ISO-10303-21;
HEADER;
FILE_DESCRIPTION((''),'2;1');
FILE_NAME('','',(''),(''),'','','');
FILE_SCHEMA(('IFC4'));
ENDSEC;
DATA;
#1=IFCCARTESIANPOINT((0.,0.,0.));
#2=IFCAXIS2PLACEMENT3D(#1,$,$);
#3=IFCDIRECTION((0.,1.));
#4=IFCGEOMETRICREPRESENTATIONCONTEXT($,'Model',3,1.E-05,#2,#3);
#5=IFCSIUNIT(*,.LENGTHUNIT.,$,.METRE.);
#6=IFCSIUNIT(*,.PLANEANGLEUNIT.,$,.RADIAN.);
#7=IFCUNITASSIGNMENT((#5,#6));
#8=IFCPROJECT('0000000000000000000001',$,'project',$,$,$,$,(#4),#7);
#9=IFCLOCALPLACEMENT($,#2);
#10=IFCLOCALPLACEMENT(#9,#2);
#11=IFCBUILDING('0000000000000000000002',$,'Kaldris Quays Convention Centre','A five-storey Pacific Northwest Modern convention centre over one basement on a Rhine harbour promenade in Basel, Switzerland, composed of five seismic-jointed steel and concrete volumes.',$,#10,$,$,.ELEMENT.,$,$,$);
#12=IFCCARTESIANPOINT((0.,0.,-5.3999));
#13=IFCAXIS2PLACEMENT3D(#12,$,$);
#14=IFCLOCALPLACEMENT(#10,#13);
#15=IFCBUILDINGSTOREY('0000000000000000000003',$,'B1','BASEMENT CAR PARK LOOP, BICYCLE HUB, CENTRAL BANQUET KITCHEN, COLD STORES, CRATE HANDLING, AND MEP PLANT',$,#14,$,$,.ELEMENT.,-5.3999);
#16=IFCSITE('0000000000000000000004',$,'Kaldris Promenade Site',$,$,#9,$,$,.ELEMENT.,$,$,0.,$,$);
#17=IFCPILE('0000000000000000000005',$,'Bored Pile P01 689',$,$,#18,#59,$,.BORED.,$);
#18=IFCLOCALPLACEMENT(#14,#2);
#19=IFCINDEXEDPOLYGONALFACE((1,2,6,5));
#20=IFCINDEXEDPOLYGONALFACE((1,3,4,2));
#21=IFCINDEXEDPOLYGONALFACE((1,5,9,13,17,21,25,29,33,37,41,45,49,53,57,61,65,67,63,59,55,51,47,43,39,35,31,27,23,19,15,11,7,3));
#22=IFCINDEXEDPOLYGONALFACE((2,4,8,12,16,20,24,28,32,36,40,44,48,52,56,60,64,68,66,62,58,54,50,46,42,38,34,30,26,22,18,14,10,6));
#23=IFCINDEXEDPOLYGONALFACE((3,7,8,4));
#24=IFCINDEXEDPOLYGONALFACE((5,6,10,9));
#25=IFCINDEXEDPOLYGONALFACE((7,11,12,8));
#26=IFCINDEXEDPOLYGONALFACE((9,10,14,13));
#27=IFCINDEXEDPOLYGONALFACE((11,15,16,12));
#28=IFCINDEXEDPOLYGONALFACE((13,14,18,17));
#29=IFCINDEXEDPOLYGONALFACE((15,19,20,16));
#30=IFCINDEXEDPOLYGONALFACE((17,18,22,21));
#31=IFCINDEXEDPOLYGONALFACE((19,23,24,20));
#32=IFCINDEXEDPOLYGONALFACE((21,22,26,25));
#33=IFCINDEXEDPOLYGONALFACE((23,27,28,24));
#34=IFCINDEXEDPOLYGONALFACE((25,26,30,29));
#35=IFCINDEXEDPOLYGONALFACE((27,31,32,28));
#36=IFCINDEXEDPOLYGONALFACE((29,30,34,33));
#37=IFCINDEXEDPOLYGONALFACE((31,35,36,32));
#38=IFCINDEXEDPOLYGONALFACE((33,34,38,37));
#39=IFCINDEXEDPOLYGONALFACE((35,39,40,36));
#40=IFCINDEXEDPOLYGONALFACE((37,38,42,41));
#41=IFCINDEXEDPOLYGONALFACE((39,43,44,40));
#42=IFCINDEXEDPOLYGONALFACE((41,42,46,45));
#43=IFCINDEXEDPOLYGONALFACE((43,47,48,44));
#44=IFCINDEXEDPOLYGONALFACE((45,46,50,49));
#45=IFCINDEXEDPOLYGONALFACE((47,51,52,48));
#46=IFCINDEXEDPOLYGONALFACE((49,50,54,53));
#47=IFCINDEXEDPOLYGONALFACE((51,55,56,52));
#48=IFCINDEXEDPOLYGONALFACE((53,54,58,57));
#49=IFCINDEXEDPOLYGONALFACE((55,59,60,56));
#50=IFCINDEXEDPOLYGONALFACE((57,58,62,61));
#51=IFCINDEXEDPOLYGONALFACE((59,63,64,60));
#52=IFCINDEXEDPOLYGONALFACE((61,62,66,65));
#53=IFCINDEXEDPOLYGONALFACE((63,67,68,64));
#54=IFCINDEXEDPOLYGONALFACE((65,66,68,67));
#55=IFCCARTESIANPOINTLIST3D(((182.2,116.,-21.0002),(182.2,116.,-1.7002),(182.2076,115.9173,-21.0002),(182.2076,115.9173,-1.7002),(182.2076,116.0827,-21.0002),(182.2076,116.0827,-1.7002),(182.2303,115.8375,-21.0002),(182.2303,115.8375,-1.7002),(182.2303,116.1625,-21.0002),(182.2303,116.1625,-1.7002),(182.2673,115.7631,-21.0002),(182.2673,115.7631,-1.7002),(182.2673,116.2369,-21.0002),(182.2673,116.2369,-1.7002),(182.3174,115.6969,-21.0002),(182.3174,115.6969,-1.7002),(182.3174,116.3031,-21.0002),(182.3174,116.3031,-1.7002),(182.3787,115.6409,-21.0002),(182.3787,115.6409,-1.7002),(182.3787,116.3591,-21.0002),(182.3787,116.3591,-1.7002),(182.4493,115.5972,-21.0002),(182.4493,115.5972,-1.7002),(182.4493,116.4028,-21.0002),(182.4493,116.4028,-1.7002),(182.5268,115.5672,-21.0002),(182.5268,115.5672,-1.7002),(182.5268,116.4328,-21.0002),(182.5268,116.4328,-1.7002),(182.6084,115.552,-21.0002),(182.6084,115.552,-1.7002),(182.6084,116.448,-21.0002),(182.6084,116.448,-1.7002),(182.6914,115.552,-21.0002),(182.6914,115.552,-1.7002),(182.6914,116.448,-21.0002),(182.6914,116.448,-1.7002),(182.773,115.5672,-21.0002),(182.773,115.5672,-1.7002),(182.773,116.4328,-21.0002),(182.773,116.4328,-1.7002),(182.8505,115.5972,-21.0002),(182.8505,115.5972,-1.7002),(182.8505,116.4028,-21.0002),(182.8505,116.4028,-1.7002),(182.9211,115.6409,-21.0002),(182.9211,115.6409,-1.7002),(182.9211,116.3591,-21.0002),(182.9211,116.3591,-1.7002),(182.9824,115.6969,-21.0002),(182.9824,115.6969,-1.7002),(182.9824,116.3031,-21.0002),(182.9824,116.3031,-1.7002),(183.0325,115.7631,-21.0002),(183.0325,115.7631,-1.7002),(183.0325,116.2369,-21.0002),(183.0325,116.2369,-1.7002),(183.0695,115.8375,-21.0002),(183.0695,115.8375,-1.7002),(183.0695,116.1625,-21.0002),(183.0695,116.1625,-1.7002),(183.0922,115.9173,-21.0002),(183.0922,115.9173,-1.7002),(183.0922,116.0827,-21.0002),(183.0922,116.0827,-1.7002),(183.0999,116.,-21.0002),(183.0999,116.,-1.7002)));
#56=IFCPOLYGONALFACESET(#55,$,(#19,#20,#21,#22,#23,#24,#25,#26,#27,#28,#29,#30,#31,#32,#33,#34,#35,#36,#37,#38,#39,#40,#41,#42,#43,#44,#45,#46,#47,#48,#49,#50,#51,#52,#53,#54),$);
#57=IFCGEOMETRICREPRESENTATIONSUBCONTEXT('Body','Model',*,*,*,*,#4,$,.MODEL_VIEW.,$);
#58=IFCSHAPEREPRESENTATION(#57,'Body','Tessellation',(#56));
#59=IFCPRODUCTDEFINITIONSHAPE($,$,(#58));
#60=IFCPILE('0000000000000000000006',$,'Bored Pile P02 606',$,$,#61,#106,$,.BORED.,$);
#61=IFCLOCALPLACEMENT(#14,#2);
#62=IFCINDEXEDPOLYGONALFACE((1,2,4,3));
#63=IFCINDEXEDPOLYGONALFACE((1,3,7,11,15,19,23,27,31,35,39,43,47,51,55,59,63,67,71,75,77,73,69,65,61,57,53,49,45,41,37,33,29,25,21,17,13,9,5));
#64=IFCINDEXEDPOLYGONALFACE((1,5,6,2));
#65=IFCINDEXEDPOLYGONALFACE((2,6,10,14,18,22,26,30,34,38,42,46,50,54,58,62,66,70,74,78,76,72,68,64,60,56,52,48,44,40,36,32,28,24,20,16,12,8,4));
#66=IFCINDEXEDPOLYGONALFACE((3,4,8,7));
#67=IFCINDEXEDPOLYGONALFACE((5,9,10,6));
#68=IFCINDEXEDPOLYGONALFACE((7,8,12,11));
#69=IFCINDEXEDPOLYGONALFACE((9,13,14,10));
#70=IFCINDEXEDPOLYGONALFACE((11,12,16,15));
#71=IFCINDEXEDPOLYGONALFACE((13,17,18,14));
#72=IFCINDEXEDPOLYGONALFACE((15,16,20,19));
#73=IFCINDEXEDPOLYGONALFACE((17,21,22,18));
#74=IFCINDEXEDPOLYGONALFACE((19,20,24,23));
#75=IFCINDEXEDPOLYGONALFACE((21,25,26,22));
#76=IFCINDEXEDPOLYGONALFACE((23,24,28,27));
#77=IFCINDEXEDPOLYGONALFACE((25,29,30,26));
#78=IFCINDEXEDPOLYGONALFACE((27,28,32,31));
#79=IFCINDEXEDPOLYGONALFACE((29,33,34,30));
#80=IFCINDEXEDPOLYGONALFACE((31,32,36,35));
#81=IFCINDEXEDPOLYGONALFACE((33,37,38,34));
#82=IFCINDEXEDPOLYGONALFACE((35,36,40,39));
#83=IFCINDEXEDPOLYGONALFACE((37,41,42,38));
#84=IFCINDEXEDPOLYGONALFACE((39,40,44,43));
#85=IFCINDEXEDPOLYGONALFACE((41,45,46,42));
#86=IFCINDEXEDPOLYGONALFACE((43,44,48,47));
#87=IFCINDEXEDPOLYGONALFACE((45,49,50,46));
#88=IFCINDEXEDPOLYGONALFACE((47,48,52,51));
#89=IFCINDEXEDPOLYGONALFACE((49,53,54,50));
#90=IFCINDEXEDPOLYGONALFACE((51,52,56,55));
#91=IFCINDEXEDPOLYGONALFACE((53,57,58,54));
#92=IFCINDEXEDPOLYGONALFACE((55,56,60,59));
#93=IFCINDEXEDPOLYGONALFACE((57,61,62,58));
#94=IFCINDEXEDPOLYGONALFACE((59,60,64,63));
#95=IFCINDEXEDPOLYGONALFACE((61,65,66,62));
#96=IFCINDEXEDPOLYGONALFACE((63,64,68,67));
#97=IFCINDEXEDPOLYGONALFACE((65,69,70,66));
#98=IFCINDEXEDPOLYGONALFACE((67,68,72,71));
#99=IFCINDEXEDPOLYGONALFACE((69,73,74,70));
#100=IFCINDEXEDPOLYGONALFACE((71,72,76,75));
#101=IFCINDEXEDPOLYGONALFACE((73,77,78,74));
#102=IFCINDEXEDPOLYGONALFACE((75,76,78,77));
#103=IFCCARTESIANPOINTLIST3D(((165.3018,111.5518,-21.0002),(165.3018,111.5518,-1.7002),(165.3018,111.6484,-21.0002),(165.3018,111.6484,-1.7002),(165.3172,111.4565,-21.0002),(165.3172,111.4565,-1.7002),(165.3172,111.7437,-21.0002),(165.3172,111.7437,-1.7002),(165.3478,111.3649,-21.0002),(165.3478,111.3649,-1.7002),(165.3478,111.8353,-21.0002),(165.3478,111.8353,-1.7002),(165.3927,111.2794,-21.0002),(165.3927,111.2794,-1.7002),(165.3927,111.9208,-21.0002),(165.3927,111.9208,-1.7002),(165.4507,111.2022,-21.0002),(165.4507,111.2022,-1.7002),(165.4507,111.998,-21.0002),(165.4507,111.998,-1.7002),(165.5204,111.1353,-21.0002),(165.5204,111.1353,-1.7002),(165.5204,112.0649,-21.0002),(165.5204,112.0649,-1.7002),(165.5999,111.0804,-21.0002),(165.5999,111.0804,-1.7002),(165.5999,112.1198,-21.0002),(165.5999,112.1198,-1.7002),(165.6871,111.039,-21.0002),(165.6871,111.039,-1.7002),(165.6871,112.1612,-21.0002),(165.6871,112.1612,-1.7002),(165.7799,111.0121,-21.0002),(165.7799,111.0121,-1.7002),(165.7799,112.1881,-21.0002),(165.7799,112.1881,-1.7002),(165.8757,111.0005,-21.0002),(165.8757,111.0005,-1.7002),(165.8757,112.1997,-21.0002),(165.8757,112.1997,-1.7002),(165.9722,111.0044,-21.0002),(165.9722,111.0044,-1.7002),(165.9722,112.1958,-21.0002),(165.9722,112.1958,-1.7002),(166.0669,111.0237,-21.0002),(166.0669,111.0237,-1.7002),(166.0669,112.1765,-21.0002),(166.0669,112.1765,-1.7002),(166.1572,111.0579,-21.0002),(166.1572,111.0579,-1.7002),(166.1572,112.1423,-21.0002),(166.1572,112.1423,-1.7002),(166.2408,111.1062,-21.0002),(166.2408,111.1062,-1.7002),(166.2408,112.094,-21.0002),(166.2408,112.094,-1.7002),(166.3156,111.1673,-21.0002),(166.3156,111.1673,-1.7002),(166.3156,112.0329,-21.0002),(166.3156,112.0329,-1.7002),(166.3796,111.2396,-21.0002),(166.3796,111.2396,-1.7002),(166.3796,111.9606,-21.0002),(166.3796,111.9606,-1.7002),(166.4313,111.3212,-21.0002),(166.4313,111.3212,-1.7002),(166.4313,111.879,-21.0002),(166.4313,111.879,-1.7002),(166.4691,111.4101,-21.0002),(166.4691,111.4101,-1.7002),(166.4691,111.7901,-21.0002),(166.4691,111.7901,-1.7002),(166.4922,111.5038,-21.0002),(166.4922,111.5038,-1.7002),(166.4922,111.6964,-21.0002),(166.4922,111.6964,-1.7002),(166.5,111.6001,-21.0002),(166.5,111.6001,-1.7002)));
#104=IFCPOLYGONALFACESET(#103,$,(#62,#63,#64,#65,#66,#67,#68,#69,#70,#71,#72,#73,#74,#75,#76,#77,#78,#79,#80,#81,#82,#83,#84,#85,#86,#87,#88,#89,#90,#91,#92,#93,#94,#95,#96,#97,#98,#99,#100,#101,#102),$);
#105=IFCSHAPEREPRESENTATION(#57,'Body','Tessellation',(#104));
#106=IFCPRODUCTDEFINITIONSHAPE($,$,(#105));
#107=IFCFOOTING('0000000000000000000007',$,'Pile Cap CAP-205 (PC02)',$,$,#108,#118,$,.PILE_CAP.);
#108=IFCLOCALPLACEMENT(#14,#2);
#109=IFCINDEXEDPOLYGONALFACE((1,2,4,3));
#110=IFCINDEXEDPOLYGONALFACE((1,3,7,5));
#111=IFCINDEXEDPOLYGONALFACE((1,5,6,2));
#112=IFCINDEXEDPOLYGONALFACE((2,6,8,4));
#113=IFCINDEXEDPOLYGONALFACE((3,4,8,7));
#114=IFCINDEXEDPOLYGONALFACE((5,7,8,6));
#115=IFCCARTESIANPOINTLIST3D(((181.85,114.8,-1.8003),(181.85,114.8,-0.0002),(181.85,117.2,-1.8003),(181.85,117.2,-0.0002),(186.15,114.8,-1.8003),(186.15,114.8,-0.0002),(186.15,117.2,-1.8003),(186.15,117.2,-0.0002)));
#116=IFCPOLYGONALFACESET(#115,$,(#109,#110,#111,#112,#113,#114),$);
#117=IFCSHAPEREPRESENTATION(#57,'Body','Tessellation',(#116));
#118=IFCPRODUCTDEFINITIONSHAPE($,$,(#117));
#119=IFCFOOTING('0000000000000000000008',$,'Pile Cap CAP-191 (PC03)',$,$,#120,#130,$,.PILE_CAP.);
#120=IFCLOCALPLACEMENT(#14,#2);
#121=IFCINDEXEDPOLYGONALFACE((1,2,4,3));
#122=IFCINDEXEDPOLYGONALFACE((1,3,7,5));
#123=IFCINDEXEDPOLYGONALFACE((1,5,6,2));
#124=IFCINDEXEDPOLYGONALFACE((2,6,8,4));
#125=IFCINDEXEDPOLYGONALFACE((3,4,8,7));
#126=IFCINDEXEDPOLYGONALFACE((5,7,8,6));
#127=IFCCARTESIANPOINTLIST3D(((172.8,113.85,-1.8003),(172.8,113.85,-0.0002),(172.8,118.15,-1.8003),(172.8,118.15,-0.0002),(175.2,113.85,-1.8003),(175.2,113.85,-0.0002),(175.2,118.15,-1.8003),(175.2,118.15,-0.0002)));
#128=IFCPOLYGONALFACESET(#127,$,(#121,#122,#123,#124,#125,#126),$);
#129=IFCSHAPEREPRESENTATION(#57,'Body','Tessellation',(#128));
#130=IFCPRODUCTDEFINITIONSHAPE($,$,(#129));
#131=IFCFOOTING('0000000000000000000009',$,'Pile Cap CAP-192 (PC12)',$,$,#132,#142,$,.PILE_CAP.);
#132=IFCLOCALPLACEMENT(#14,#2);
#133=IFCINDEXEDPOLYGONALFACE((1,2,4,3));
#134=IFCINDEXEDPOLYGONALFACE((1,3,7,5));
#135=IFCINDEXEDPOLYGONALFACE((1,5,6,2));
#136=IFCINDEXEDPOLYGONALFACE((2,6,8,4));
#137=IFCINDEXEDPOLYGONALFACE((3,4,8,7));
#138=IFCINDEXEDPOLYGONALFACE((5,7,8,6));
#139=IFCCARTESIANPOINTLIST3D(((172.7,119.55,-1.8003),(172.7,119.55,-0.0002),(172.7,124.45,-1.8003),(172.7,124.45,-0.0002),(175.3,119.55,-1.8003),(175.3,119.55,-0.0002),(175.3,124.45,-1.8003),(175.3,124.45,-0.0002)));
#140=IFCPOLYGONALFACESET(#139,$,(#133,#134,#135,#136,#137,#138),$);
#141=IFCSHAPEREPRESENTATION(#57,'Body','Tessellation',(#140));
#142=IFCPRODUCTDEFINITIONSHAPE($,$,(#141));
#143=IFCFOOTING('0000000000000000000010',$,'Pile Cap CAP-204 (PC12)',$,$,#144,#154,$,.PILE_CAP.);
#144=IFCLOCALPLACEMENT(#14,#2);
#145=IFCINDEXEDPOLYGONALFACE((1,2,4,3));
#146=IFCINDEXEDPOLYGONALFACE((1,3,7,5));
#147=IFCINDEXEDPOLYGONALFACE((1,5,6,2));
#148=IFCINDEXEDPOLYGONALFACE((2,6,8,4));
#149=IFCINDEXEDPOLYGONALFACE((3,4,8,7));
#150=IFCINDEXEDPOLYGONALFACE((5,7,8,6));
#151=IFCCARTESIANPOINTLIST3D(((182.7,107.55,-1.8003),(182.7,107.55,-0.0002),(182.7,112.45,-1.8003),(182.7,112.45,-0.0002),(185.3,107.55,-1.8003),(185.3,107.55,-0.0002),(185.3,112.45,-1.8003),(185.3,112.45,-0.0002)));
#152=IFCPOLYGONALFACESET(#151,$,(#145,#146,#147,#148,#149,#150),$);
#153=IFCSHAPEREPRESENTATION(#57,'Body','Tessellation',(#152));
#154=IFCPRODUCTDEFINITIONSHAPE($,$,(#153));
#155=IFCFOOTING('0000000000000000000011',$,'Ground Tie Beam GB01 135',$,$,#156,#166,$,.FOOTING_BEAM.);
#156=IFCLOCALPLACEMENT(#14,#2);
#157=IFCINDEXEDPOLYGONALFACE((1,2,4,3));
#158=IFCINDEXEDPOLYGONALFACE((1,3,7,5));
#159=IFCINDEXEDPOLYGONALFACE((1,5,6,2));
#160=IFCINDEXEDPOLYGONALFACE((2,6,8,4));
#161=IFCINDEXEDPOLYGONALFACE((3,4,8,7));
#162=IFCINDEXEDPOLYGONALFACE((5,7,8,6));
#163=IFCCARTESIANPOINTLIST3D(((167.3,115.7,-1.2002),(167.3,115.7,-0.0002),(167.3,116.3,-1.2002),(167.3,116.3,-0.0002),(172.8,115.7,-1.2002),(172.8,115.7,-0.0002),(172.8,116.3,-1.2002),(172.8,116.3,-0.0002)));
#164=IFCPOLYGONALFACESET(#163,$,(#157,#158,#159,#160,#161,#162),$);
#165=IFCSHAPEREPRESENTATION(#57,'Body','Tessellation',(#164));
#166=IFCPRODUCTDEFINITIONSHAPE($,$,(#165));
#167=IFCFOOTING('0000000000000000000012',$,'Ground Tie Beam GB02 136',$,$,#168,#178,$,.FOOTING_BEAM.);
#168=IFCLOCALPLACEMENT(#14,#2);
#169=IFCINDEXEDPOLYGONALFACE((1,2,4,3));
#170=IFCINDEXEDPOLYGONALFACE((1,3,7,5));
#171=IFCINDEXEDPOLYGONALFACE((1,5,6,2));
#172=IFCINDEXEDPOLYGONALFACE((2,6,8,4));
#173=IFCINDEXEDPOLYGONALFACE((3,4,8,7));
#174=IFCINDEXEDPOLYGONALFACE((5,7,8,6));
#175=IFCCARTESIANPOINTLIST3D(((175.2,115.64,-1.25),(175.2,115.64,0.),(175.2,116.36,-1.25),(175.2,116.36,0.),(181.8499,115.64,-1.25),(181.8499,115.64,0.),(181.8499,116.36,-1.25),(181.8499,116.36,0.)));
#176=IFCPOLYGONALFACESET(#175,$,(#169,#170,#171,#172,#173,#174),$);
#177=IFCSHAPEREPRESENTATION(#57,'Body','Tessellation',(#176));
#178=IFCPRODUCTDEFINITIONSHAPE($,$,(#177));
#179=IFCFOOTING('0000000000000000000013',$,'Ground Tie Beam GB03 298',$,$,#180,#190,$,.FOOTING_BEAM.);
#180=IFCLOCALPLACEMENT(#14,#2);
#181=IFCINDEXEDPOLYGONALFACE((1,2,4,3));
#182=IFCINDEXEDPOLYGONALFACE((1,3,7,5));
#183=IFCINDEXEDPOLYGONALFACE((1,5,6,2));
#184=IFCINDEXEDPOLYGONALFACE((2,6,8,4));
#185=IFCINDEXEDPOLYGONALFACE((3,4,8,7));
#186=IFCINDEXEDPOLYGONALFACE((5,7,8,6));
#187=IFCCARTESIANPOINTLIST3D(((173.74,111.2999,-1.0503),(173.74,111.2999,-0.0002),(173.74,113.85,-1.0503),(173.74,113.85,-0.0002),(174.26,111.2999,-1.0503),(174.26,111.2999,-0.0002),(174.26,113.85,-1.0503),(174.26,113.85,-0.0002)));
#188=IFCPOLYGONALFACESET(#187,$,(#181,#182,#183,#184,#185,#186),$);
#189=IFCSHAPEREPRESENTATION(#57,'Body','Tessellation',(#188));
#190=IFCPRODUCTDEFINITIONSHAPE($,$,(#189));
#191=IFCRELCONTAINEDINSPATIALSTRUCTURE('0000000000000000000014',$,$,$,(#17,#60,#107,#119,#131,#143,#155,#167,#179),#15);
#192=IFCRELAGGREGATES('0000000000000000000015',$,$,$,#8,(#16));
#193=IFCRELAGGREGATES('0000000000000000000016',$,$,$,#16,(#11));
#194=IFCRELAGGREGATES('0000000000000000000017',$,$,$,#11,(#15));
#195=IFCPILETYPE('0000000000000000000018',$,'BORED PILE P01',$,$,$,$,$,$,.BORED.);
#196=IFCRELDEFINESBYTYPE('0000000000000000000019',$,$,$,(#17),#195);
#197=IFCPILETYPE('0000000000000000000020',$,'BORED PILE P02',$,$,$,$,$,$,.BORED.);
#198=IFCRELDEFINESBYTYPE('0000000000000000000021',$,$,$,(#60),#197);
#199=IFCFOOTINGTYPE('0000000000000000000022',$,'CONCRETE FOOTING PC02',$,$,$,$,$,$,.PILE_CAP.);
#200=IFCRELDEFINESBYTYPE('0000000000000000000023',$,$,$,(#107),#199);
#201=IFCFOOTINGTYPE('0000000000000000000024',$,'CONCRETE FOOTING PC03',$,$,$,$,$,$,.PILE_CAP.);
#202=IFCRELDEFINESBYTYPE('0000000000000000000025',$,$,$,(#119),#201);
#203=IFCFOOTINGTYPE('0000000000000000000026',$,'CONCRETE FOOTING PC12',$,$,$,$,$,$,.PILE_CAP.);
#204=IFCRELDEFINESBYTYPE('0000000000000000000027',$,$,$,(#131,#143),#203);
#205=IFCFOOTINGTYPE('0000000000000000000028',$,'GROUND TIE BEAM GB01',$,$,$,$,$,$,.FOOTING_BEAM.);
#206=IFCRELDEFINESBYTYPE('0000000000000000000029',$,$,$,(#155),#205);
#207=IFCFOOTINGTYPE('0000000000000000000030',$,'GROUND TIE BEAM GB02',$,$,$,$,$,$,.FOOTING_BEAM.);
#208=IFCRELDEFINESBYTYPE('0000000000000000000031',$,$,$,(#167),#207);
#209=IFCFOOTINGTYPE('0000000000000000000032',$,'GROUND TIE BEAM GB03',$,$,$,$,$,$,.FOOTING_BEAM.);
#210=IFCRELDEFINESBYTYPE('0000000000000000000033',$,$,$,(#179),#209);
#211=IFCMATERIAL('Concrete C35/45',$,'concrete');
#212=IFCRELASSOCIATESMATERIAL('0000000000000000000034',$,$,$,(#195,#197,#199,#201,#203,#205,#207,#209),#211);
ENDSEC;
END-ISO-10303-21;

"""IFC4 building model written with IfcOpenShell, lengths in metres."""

from ifc_helpers import new_model, si_unit, direction, frame, origin, origin_2d, place, context, subcontext, project, spatial, rectangle, circle, extrude, material, material_profile, profile_set, type_object, element, save


model = new_model("IFC4")

# Units and contexts
model_context = context("Model", 3, precision=1e-05, world=origin(), true_north=direction((0.0, 1.0)))
body_context = subcontext(model_context, "Body", "Model", "MODEL_VIEW")
ifc_project = project(units=[si_unit("LENGTHUNIT", "METRE"), si_unit("PLANEANGLEUNIT", "RADIAN")], contexts=[model_context])

# Site, building, storey
site_placement = place(None, origin())
site = spatial("IfcSite", under=ifc_project, at=site_placement, Name="Kaldris Promenade Site", CompositionType="ELEMENT", RefElevation=0.0)
building_placement = place(site_placement, origin())
building = spatial("IfcBuilding", under=site, at=building_placement, Name="Kaldris Quays Convention Centre", Description="A five-storey Pacific Northwest Modern convention centre over one basement on a Rhine harbour promenade in Basel, Switzerland, composed of five seismic-jointed steel and concrete volumes.", CompositionType="ELEMENT")
storey_placement = place(building_placement, frame((0.0, 0.0, -5.3999)))
storey = spatial("IfcBuildingStorey", under=building, at=storey_placement, Name="B1", Description="BASEMENT CAR PARK LOOP, BICYCLE HUB, CENTRAL BANQUET KITCHEN, COLD STORES, CRATE HANDLING, AND MEP PLANT", CompositionType="ELEMENT", Elevation=-5.3999)

# Piles
ifc_material_1 = material(Name="Concrete C35/45", Category="concrete")
ifc_material_profile_1 = material_profile(ifc_material_1, circle(Radius=0.45, at=origin_2d()), Name="BORED PILE D900")
ifc_profile_set_1 = profile_set([ifc_material_profile_1], Name="Concrete C35/45")
pile_type_1 = type_object("IfcPileType", Name="BORED PILE P01", PredefinedType="BORED", material=ifc_profile_set_1)
for number, where, z_axis, x_axis, name in (
    (1, (182.6499, 116.0, -1.7002), (0.0, 0.0, -1.0), (1.0, 0.0, 0.0), "Bored Pile P01 689"),
):
    element("IfcPile", number, at=place(storey_placement, frame(where, z_axis=z_axis, x_axis=x_axis)), inside=storey, type_object=pile_type_1, Name=name, PredefinedType="BORED", context=body_context, shape_type="SweptSolid", body=[
        extrude(circle(Radius=0.45, at=origin_2d()), origin(), (0.0, 0.0, 1.0), 19.3),
    ])
ifc_material_profile_2 = material_profile(ifc_material_1, circle(Radius=0.6001, at=origin_2d()), Name="BORED PILE D1200")
ifc_profile_set_2 = profile_set([ifc_material_profile_2], Name="Concrete C35/45")
pile_type_2 = type_object("IfcPileType", Name="BORED PILE P02", PredefinedType="BORED", material=ifc_profile_set_2)
pile_placement = place(storey_placement, frame((165.8999, 111.6001, -1.7002), z_axis=(0.0, 0.0, -1.0), x_axis=(1.0, 0.0, 0.0)))
element("IfcPile", 2, at=pile_placement, inside=storey, type_object=pile_type_2, Name="Bored Pile P02 606", PredefinedType="BORED", context=body_context, shape_type="SweptSolid", body=[
    extrude(circle(Radius=0.6001, at=origin_2d()), origin(), (0.0, 0.0, 1.0), 19.3),
])

# Footings
footing_type_1 = type_object("IfcFootingType", Name="CONCRETE FOOTING PC02", PredefinedType="PILE_CAP", material=ifc_material_1)
footing_1_placement = place(storey_placement, frame((184.0, 116.0, -1.8003), z_axis=(0.0, 0.0, 1.0), x_axis=(1.0, 0.0, 0.0)))
element("IfcFooting", 3, at=footing_1_placement, inside=storey, type_object=footing_type_1, Name="Pile Cap CAP-205 (PC02)", PredefinedType="PILE_CAP", context=body_context, shape_type="SweptSolid", body=[
    extrude(rectangle(XDim=4.3, YDim=2.3999, at=origin_2d()), origin(), (0.0, 0.0, 1.0), 1.8),
])
footing_type_2 = type_object("IfcFootingType", Name="CONCRETE FOOTING PC03", PredefinedType="PILE_CAP", material=ifc_material_1)
footing_2_placement = place(storey_placement, frame((174.0, 116.0, -1.8003), z_axis=(0.0, 0.0, 1.0), x_axis=(1.0, 0.0, 0.0)))
element("IfcFooting", 4, at=footing_2_placement, inside=storey, type_object=footing_type_2, Name="Pile Cap CAP-191 (PC03)", PredefinedType="PILE_CAP", context=body_context, shape_type="SweptSolid", body=[
    extrude(rectangle(XDim=2.3999, YDim=4.3, at=origin_2d()), origin(), (0.0, 0.0, 1.0), 1.8),
])
footing_type_3 = type_object("IfcFootingType", Name="CONCRETE FOOTING PC12", PredefinedType="PILE_CAP", material=ifc_material_1)
for number, where, z_axis, x_axis, name in (
    (5, (174.0, 122.0, -1.8003), (0.0, 0.0, 1.0), (1.0, 0.0, 0.0), "Pile Cap CAP-192 (PC12)"),
    (6, (184.0, 110.0, -1.8003), (0.0, 0.0, 1.0), (1.0, 0.0, 0.0), "Pile Cap CAP-204 (PC12)"),
):
    element("IfcFooting", number, at=place(storey_placement, frame(where, z_axis=z_axis, x_axis=x_axis)), inside=storey, type_object=footing_type_3, Name=name, PredefinedType="PILE_CAP", context=body_context, shape_type="SweptSolid", body=[
        extrude(rectangle(XDim=2.6001, YDim=4.8999, at=origin_2d()), origin(), (0.0, 0.0, 1.0), 1.8),
    ])
footing_type_4 = type_object("IfcFootingType", Name="GROUND TIE BEAM GB01", PredefinedType="FOOTING_BEAM", material=ifc_material_1)
footing_3_placement = place(storey_placement, frame((170.05, 116.0, -1.2002), z_axis=(0.0, 0.0, 1.0), x_axis=(1.0, 0.0, 0.0)))
element("IfcFooting", 7, at=footing_3_placement, inside=storey, type_object=footing_type_4, Name="Ground Tie Beam GB01 135", PredefinedType="FOOTING_BEAM", context=body_context, shape_type="SweptSolid", body=[
    extrude(rectangle(XDim=5.5, YDim=0.6001, at=origin_2d()), origin(), (0.0, 0.0, 1.0), 1.2),
])
footing_type_5 = type_object("IfcFootingType", Name="GROUND TIE BEAM GB02", PredefinedType="FOOTING_BEAM", material=ifc_material_1)
footing_4_placement = place(storey_placement, frame((178.5249, 116.0, -1.25), z_axis=(0.0, 0.0, 1.0), x_axis=(1.0, 0.0, 0.0)))
element("IfcFooting", 8, at=footing_4_placement, inside=storey, type_object=footing_type_5, Name="Ground Tie Beam GB02 136", PredefinedType="FOOTING_BEAM", context=body_context, shape_type="SweptSolid", body=[
    extrude(rectangle(XDim=6.6499, YDim=0.72, at=origin_2d()), origin(), (0.0, 0.0, 1.0), 1.25),
])
footing_type_6 = type_object("IfcFootingType", Name="GROUND TIE BEAM GB03", PredefinedType="FOOTING_BEAM", material=ifc_material_1)
footing_5_placement = place(storey_placement, frame((174.0, 112.575, -1.0503), z_axis=(0.0, 0.0, 1.0), x_axis=(1.0, 0.0, 0.0)))
element("IfcFooting", 9, at=footing_5_placement, inside=storey, type_object=footing_type_6, Name="Ground Tie Beam GB03 298", PredefinedType="FOOTING_BEAM", context=body_context, shape_type="SweptSolid", body=[
    extrude(rectangle(XDim=0.52, YDim=2.55, at=origin_2d()), origin(), (0.0, 0.0, 1.0), 1.05),
])

save(model, "model.ifc")
